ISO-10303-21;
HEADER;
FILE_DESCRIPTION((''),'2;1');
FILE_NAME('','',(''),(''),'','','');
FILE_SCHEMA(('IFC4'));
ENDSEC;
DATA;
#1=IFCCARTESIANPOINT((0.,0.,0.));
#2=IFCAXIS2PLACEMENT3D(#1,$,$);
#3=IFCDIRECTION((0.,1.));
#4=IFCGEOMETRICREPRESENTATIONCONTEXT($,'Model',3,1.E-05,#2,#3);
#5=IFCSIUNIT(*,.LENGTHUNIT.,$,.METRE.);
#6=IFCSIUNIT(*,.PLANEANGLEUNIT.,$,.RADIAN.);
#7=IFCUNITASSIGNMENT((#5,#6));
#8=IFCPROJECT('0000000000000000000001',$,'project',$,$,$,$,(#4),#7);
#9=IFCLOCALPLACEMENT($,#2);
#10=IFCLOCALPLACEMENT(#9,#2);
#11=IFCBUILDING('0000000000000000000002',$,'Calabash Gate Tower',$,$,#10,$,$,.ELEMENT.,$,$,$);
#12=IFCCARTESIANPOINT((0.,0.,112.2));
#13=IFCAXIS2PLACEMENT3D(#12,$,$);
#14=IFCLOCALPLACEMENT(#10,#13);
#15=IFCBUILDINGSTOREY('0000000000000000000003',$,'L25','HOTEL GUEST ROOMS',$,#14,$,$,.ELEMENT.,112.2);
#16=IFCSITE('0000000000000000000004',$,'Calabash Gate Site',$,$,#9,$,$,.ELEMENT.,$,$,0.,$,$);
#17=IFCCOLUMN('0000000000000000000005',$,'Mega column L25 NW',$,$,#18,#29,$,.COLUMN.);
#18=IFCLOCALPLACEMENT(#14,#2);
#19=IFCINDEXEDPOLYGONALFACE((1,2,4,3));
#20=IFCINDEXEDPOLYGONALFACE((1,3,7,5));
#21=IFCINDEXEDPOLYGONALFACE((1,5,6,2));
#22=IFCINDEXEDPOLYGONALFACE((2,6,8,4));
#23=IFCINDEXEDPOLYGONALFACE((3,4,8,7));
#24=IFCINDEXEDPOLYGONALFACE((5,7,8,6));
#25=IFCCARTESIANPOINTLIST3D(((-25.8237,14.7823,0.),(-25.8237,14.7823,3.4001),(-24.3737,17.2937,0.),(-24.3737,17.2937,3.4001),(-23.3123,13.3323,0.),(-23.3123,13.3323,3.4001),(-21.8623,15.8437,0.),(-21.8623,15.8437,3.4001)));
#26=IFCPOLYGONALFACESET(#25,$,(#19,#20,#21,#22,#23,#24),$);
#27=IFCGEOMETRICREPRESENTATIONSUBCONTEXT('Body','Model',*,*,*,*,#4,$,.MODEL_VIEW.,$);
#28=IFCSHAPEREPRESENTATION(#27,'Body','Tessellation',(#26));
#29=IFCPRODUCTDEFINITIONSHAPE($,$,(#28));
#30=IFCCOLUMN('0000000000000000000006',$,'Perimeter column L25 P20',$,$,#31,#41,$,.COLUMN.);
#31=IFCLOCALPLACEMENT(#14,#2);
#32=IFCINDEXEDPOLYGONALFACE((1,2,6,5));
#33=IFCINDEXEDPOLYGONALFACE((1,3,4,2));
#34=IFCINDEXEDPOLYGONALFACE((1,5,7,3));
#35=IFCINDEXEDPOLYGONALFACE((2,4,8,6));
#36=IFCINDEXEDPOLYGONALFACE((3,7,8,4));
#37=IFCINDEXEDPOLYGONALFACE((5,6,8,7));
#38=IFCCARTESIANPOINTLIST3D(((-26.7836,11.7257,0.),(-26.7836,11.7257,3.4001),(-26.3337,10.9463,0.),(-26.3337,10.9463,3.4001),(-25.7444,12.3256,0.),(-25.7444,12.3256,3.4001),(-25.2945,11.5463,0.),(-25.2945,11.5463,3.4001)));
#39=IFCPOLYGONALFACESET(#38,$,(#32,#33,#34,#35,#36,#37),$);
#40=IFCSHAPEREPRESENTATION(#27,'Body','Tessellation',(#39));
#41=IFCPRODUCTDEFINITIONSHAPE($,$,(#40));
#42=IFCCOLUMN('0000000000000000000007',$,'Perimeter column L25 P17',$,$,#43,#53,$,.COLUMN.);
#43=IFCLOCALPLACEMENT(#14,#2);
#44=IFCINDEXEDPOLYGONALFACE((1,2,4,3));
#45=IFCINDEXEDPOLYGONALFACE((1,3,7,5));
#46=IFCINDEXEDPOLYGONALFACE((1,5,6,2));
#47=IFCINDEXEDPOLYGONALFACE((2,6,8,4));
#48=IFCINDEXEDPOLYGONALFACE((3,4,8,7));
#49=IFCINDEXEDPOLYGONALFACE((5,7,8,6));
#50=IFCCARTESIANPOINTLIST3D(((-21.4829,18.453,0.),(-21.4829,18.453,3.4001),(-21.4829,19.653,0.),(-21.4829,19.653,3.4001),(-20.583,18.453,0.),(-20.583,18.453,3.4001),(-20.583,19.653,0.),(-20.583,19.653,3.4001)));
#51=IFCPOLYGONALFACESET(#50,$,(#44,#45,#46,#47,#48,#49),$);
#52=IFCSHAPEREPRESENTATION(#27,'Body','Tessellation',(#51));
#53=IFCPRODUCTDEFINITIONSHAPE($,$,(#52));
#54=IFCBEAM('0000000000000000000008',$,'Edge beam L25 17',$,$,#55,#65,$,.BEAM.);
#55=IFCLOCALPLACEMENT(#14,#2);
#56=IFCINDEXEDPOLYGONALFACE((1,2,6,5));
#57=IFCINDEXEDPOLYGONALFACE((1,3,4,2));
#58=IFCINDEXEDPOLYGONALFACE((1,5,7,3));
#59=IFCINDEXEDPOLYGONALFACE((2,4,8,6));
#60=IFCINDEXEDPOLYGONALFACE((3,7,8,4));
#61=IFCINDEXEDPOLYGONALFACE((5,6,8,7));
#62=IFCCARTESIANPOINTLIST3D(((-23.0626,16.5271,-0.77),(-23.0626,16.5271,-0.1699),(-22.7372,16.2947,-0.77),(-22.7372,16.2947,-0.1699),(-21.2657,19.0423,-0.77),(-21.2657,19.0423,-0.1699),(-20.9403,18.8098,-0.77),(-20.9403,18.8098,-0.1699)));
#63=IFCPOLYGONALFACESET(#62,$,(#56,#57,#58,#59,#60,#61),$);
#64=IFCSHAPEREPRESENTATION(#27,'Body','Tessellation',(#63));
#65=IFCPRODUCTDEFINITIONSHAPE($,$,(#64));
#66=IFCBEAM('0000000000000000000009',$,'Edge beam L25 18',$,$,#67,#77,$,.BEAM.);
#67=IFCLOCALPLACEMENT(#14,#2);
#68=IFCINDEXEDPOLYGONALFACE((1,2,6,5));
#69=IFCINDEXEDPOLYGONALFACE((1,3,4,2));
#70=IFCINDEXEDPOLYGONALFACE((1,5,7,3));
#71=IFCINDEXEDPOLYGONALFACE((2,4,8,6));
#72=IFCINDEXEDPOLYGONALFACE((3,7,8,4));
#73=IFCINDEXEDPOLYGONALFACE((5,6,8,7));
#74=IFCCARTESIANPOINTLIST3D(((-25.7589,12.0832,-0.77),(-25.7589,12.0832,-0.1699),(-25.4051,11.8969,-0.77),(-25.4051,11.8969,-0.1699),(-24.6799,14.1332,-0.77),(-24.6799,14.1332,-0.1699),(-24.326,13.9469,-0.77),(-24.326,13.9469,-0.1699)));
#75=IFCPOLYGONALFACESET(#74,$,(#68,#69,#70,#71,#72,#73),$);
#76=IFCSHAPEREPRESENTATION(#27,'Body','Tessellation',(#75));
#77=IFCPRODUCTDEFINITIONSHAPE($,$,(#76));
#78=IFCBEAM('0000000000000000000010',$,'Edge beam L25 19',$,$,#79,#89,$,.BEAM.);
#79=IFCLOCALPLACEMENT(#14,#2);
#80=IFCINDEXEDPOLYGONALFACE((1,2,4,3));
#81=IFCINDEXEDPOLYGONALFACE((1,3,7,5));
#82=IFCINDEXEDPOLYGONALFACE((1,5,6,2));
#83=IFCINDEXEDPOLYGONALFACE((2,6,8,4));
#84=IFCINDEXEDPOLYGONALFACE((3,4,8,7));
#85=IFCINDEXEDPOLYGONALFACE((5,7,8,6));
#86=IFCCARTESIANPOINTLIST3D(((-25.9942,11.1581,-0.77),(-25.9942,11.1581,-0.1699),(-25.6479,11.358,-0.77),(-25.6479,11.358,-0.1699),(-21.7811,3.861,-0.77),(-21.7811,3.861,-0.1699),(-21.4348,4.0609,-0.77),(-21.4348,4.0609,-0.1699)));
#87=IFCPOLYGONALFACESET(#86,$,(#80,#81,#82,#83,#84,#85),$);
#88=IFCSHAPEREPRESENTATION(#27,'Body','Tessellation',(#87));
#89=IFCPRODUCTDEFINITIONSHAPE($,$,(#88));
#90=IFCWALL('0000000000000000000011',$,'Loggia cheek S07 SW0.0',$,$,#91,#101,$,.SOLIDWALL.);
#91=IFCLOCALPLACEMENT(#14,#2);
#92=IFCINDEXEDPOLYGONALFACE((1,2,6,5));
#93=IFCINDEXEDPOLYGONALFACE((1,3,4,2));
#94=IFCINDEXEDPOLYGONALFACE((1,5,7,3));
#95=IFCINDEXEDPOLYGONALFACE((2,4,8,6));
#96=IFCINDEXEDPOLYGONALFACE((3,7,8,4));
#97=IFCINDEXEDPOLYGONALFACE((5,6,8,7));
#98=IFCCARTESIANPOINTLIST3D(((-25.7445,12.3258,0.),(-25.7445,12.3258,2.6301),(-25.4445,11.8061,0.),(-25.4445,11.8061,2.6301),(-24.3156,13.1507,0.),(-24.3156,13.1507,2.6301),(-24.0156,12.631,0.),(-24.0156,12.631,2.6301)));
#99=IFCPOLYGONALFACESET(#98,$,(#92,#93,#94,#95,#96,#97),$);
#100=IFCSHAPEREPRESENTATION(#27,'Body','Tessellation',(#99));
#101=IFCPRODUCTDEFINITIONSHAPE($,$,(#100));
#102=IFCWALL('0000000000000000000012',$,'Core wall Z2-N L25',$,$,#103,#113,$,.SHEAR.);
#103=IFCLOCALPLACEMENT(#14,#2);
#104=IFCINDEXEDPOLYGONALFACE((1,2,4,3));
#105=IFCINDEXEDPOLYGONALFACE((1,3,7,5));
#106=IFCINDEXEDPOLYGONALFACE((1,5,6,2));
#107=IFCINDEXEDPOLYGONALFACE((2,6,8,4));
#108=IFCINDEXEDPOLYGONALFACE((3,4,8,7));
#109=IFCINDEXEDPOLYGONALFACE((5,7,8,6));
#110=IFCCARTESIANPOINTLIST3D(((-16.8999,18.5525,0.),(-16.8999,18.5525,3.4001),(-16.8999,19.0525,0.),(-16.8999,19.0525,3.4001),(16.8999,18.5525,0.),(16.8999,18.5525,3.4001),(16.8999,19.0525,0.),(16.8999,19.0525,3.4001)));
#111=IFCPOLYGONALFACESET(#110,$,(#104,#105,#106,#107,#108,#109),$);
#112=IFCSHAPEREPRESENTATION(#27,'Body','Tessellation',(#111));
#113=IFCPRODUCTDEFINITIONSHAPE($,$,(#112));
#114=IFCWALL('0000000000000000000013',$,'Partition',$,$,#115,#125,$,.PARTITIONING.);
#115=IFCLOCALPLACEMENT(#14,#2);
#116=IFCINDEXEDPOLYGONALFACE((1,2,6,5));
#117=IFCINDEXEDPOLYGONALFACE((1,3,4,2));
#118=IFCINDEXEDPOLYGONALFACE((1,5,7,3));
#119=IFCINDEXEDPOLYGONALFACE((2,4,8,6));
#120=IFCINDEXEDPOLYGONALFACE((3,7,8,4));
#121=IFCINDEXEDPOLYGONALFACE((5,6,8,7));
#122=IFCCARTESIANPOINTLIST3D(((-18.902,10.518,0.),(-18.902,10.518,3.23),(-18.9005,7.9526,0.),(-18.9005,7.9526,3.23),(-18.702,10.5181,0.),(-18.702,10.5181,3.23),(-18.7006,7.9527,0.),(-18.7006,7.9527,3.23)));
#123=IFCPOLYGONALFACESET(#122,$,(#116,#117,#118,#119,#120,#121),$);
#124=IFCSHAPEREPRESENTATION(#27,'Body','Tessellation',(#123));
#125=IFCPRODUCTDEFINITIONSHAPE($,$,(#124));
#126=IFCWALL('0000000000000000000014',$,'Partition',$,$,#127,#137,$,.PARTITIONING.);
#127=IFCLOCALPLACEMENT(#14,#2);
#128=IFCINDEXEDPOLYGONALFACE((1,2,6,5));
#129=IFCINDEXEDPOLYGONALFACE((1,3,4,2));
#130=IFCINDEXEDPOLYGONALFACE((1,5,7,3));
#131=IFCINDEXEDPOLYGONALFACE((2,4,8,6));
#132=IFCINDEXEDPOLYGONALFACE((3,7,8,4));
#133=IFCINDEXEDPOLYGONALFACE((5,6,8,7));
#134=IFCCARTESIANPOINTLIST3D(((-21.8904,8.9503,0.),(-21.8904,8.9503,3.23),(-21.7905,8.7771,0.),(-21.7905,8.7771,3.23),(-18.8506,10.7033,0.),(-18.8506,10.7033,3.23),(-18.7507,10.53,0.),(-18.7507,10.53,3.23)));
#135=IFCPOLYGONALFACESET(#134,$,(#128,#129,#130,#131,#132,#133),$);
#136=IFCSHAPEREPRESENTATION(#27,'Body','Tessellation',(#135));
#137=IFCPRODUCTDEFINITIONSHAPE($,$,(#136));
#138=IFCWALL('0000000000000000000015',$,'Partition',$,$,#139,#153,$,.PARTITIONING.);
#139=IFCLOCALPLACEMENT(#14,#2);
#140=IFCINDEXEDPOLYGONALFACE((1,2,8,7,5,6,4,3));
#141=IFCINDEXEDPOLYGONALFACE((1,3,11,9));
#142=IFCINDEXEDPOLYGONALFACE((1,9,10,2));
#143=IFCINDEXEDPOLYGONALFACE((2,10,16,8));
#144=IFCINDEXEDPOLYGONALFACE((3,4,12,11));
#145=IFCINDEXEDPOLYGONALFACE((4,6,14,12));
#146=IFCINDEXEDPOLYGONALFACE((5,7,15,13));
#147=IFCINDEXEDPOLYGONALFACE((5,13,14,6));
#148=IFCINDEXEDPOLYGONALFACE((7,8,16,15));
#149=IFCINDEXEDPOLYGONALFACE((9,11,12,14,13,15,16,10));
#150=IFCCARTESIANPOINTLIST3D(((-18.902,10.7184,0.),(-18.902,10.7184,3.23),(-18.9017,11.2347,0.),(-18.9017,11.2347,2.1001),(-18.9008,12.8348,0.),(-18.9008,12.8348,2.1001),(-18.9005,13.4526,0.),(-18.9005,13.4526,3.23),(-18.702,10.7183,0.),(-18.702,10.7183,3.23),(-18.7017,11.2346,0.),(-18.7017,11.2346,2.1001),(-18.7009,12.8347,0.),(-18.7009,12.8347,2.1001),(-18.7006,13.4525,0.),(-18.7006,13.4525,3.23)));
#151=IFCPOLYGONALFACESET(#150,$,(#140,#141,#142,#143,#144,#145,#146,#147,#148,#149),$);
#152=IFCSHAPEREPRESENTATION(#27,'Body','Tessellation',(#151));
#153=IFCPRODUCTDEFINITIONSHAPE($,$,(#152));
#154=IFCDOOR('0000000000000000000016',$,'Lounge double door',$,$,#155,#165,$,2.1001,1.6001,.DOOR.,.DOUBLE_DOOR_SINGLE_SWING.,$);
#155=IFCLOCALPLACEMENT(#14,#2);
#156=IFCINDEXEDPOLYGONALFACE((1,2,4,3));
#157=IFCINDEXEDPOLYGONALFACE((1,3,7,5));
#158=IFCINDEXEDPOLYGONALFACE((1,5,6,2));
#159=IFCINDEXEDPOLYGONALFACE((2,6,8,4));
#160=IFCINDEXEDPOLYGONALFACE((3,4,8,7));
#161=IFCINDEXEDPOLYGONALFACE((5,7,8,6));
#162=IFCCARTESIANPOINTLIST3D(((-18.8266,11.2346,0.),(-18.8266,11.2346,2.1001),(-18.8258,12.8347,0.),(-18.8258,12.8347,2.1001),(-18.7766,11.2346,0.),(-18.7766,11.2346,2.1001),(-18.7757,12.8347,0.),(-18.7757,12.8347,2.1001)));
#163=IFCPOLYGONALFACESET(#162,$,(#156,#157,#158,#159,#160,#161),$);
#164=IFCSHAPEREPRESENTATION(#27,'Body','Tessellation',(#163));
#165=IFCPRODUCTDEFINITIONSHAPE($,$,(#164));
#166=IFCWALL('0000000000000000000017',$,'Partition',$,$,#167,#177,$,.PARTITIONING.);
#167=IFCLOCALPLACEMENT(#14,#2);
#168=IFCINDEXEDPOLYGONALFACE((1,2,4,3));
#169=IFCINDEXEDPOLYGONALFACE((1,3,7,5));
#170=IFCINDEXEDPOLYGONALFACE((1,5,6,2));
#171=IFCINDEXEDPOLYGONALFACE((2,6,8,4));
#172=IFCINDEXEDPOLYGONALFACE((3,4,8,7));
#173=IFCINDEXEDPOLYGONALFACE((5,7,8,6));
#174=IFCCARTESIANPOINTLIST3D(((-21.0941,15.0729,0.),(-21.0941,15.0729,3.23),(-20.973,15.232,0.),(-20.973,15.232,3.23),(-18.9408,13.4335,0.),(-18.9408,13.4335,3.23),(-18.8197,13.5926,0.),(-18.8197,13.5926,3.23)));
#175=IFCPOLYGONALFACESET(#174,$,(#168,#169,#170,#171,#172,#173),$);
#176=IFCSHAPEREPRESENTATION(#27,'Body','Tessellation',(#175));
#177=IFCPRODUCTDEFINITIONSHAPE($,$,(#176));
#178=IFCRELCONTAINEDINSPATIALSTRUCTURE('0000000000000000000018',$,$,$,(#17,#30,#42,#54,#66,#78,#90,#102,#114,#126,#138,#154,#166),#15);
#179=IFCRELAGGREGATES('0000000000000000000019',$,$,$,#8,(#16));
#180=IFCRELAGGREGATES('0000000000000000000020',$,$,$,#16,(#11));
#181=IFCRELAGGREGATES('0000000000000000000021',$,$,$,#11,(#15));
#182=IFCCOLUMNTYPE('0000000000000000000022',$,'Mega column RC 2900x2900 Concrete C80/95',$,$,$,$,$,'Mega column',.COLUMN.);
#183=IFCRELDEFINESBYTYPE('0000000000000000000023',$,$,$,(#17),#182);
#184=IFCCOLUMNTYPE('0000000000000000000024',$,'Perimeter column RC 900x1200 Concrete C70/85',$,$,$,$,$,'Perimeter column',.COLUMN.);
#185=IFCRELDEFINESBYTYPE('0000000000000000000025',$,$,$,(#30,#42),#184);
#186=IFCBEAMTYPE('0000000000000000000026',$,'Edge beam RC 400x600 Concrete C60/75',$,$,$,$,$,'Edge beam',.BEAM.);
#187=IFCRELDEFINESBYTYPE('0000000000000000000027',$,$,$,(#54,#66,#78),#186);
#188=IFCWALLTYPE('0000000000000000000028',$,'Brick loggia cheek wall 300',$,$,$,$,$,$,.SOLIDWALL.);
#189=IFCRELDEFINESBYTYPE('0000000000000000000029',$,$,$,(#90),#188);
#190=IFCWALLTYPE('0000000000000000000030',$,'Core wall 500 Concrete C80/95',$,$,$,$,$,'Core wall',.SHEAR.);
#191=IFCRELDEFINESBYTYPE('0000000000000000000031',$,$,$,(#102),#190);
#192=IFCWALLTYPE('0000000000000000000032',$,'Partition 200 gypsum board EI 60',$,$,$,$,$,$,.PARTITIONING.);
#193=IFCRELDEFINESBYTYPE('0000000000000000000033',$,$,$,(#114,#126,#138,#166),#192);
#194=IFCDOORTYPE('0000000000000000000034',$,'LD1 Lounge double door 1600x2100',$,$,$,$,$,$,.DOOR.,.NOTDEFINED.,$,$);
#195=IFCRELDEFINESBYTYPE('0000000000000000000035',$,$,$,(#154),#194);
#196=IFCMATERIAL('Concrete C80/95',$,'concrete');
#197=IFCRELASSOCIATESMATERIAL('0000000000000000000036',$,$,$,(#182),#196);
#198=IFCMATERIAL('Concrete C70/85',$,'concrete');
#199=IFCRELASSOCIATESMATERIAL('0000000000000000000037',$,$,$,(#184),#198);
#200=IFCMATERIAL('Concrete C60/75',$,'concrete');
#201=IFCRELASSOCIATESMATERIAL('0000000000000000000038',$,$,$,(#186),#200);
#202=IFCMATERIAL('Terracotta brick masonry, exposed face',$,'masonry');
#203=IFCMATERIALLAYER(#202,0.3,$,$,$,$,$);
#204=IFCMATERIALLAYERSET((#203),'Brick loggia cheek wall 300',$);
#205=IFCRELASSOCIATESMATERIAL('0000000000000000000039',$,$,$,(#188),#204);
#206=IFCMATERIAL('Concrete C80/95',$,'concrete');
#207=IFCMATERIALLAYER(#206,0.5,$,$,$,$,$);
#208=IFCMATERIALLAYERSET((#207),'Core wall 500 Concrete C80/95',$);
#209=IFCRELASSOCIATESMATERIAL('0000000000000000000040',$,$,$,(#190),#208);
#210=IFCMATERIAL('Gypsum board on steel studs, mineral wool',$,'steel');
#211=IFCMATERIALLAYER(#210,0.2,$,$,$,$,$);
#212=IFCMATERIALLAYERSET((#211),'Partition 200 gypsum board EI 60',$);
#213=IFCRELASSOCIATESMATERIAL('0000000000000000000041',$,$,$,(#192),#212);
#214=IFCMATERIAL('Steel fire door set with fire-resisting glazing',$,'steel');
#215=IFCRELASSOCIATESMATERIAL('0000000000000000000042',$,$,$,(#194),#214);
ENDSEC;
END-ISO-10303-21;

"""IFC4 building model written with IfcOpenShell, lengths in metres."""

from ifc_helpers import new_model, si_unit, direction, frame, frame_2d, origin, origin_2d, place, context, subcontext, project, spatial, rectangle, extrude, material, layer, layer_set, material_profile, profile_set, type_object, element, fill, save


model = new_model("IFC4")

# Units and contexts
model_context = context("Model", 3, precision=1e-05, world=origin(), true_north=direction((0.0, 1.0)))
body_context = subcontext(model_context, "Body", "Model", "MODEL_VIEW")
ifc_project = project(units=[si_unit("LENGTHUNIT", "METRE"), si_unit("PLANEANGLEUNIT", "RADIAN")], contexts=[model_context])

# Site, building, storey
site_placement = place(None, origin())
site = spatial("IfcSite", under=ifc_project, at=site_placement, Name="Calabash Gate Site", CompositionType="ELEMENT", RefElevation=0.0)
building_placement = place(site_placement, origin())
building = spatial("IfcBuilding", under=site, at=building_placement, Name="Calabash Gate Tower", CompositionType="ELEMENT")
storey_placement = place(building_placement, frame((0.0, 0.0, 112.2)))
storey = spatial("IfcBuildingStorey", under=building, at=storey_placement, Name="L25", Description="HOTEL GUEST ROOMS", CompositionType="ELEMENT", Elevation=112.2)

# Columns
ifc_material_1 = material(Name="Concrete C80/95", Category="concrete")
ifc_material_profile_1 = material_profile(ifc_material_1, rectangle(XDim=2.8999, YDim=2.8999, at=origin_2d()))
ifc_profile_set_1 = profile_set([ifc_material_profile_1], Name="Concrete C80/95")
column_type_1 = type_object("IfcColumnType", Name="Mega column RC 2900x2900 Concrete C80/95", ElementType="Mega column", PredefinedType="COLUMN", material=ifc_profile_set_1)
column_placement = place(storey_placement, frame((-23.843, 15.313, 0.0), z_axis=(0.0, 0.0, 1.0), x_axis=(0.866025, -0.5, 0.0)))
element("IfcColumn", 1, at=column_placement, inside=storey, type_object=column_type_1, Name="Mega column L25 NW", PredefinedType="COLUMN", context=body_context, shape_type="SweptSolid", body=[
    extrude(rectangle(XDim=2.8999, YDim=2.8999, at=origin_2d()), origin(), (0.0, 0.0, 1.0), 3.4001),
])
ifc_material_2 = material(Name="Concrete C70/85", Category="concrete")
ifc_material_profile_2 = material_profile(ifc_material_2, rectangle(XDim=0.8999, YDim=1.2, at=origin_2d()))
ifc_profile_set_2 = profile_set([ifc_material_profile_2], Name="Concrete C70/85")
column_type_2 = type_object("IfcColumnType", Name="Perimeter column RC 900x1200 Concrete C70/85", ElementType="Perimeter column", PredefinedType="COLUMN", material=ifc_profile_set_2)
for number, where, z_axis, x_axis, name in (
    (2, (-26.0391, 11.636, 0.0), (0.0, 0.0, 1.0), (0.5, -0.866025, 0.0), "Perimeter column L25 P20"),
    (3, (-21.033, 19.053, 0.0), (0.0, 0.0, 1.0), (-1.0, 0.0, 0.0), "Perimeter column L25 P17"),
):
    element("IfcColumn", number, at=place(storey_placement, frame(where, z_axis=z_axis, x_axis=x_axis)), inside=storey, type_object=column_type_2, Name=name, PredefinedType="COLUMN", context=body_context, shape_type="SweptSolid", body=[
        extrude(rectangle(XDim=0.8999, YDim=1.2, at=origin_2d()), origin(), (0.0, 0.0, 1.0), 3.4001),
    ])

# Beams
ifc_material_3 = material(Name="Concrete C60/75", Category="concrete")
ifc_material_profile_3 = material_profile(ifc_material_3, rectangle(XDim=0.3999, YDim=0.6001, at=origin_2d()))
ifc_profile_set_3 = profile_set([ifc_material_profile_3], Name="Concrete C60/75")
beam_type = type_object("IfcBeamType", Name="Edge beam RC 400x600 Concrete C60/75", ElementType="Edge beam", PredefinedType="BEAM", material=ifc_profile_set_3)
beam_1_placement = place(storey_placement, frame((-21.103, 18.926, -0.47), z_axis=(-0.581313, -0.81368, 0.0), x_axis=(0.81368, -0.581313, 0.0)))
element("IfcBeam", 4, at=beam_1_placement, inside=storey, type_object=beam_type, Name="Edge beam L25 17", PredefinedType="BEAM", context=body_context, shape_type="SweptSolid", body=[
    extrude(rectangle(XDim=0.3999, YDim=0.6001, at=origin_2d()), origin(), (0.0, 0.0, 1.0), 3.0911),
])
beam_2_placement = place(storey_placement, frame((-24.5029, 14.04, -0.47), z_axis=(-0.46579, -0.884895, 0.0), x_axis=(0.884895, -0.46579, 0.0)))
element("IfcBeam", 5, at=beam_2_placement, inside=storey, type_object=beam_type, Name="Edge beam L25 18", PredefinedType="BEAM", context=body_context, shape_type="SweptSolid", body=[
    extrude(rectangle(XDim=0.3999, YDim=0.6001, at=origin_2d()), origin(), (0.0, 0.0, 1.0), 2.3167),
])
beam_3_placement = place(storey_placement, frame((-25.821, 11.2581, -0.47), z_axis=(0.500013, -0.866018, 0.0), x_axis=(0.866018, 0.500013, 0.0)))
element("IfcBeam", 6, at=beam_3_placement, inside=storey, type_object=beam_type, Name="Edge beam L25 19", PredefinedType="BEAM", context=body_context, shape_type="SweptSolid", body=[
    extrude(rectangle(XDim=0.3999, YDim=0.6001, at=origin_2d()), origin(), (0.0, 0.0, 1.0), 8.426),
])

# Walls
ifc_material_4 = material(Name="Terracotta brick masonry, exposed face", Category="masonry")
ifc_layer_1 = layer(ifc_material_4, 0.3)
ifc_layer_set_1 = layer_set([ifc_layer_1], Name="Brick loggia cheek wall 300")
wall_type_1 = type_object("IfcWallType", Name="Brick loggia cheek wall 300", PredefinedType="SOLIDWALL", material=ifc_layer_set_1)
wall_1_placement = place(storey_placement, frame((-25.5945, 12.0659, 0.0), z_axis=(0.0, 0.0, 1.0), x_axis=(0.86604, 0.499974, 0.0)))
element("IfcWall", 7, at=wall_1_placement, inside=storey, type_object=wall_type_1, Name="Loggia cheek S07 SW0.0", PredefinedType="SOLIDWALL", context=body_context, shape_type="SweptSolid", body=[
    extrude(rectangle(XDim=1.6499, YDim=0.6001, at=frame_2d((0.825, 0.0))), origin(), (0.0, 0.0, 1.0), 2.6301),
])
ifc_material_5 = material(Name="Concrete C80/95", Category="concrete")
ifc_layer_2 = layer(ifc_material_5, 0.5)
ifc_layer_set_2 = layer_set([ifc_layer_2], Name="Core wall 500 Concrete C80/95")
wall_type_2 = type_object("IfcWallType", Name="Core wall 500 Concrete C80/95", ElementType="Core wall", PredefinedType="SHEAR", material=ifc_layer_set_2)
wall_2_placement = place(storey_placement, frame((-16.8999, 18.8025, 0.0), z_axis=(0.0, 0.0, 1.0), x_axis=(1.0, 0.0, 0.0)))
element("IfcWall", 8, at=wall_2_placement, inside=storey, type_object=wall_type_2, Name="Core wall Z2-N L25", PredefinedType="SHEAR", context=body_context, shape_type="SweptSolid", body=[
    extrude(rectangle(XDim=33.7998, YDim=0.5, at=frame_2d((16.8999, 0.0))), origin(), (0.0, 0.0, 1.0), 3.4001),
])
ifc_material_6 = material(Name="Gypsum board on steel studs, mineral wool", Category="steel")
ifc_layer_3 = layer(ifc_material_6, 0.2)
ifc_layer_set_3 = layer_set([ifc_layer_3], Name="Partition 200 gypsum board EI 60")
wall_type_3 = type_object("IfcWallType", Name="Partition 200 gypsum board EI 60", PredefinedType="PARTITIONING", material=ifc_layer_set_3)
wall_3_placement = place(storey_placement, frame((-18.802, 10.5181, 0.0), z_axis=(0.0, 0.0, 1.0), x_axis=(0.000571, -1.0, 0.0)))
element("IfcWall", 9, at=wall_3_placement, inside=storey, type_object=wall_type_3, Name="Partition", PredefinedType="PARTITIONING", context=body_context, shape_type="SweptSolid", body=[
    extrude(rectangle(XDim=2.5654, YDim=0.2, at=frame_2d((1.2827, 0.0))), origin(), (0.0, 0.0, 1.0), 3.23),
])
wall_4_placement = place(storey_placement, frame((-21.8403, 8.8638, 0.0), z_axis=(0.0, 0.0, 1.0), x_axis=(0.866284, 0.499552, 0.0)))
element("IfcWall", 10, at=wall_4_placement, inside=storey, type_object=wall_type_3, Name="Partition", PredefinedType="PARTITIONING", context=body_context, shape_type="SweptSolid", body=[
    extrude(rectangle(XDim=3.509, YDim=0.2, at=frame_2d((1.7544, 0.0))), origin(), (0.0, 0.0, 1.0), 3.23),
])

# Wall, opening, door
wall_5_placement = place(storey_placement, frame((-18.802, 10.7183, 0.0), z_axis=(0.0, 0.0, 1.0), x_axis=(0.000536, 1.0, 0.0)))
wall_5 = element("IfcWall", 11, at=wall_5_placement, inside=storey, type_object=wall_type_3, Name="Partition", PredefinedType="PARTITIONING", context=body_context, shape_type="SweptSolid", body=[
    extrude(rectangle(XDim=2.7341, YDim=0.2, at=frame_2d((1.3672, 0.0))), origin(), (0.0, 0.0, 1.0), 3.23),
])
opening_1_placement = place(wall_5_placement, frame((0.5164, 0.0, 0.0)))
opening_1 = element("IfcOpeningElement", 12, at=opening_1_placement, cuts=wall_5, PredefinedType="OPENING", context=body_context, shape_type="SweptSolid", body=[
    extrude(rectangle(XDim=1.6001, YDim=2.1001, at=frame_2d((0.8, 1.05))), frame((0.0, 0.1099, 0.0), z_axis=(0.0, -1.0, 0.0), x_axis=(1.0, 0.0, 0.0)), (0.0, 0.0, 1.0), 0.22),
])
ifc_material_7 = material(Name="Steel fire door set with fire-resisting glazing", Category="steel")
door_type_1 = type_object("IfcDoorType", Name="LD1 Lounge double door 1600x2100", OperationType="NOTDEFINED", PredefinedType="DOOR", material=ifc_material_7)
door_1_placement = place(opening_1_placement, origin())
door_1 = element("IfcDoor", 13, at=door_1_placement, inside=storey, type_object=door_type_1, Name="Lounge double door", OperationType="DOUBLE_DOOR_SINGLE_SWING", OverallHeight=2.1001, OverallWidth=1.6001, PredefinedType="DOOR", context=body_context, shape_type="SweptSolid", body=[
    extrude(rectangle(XDim=1.6001, YDim=2.1001, at=frame_2d((0.8, 1.05))), frame((0.0, 0.0249, 0.0), z_axis=(0.0, -1.0, 0.0), x_axis=(1.0, 0.0, 0.0)), (0.0, 0.0, 1.0), 0.05),
])
fill(opening_1, door_1)

# Wall
wall_6_placement = place(storey_placement, frame((-21.0334, 15.1523, 0.0), z_axis=(0.0, 0.0, 1.0), x_axis=(0.795649, -0.605758, 0.0)))
element("IfcWall", 14, at=wall_6_placement, inside=storey, type_object=wall_type_3, Name="Partition", PredefinedType="PARTITIONING", context=body_context, shape_type="SweptSolid", body=[
    extrude(rectangle(XDim=2.7063, YDim=0.2, at=frame_2d((1.353, 0.0))), origin(), (0.0, 0.0, 1.0), 3.23),
])

save(model, "model.ifc")
